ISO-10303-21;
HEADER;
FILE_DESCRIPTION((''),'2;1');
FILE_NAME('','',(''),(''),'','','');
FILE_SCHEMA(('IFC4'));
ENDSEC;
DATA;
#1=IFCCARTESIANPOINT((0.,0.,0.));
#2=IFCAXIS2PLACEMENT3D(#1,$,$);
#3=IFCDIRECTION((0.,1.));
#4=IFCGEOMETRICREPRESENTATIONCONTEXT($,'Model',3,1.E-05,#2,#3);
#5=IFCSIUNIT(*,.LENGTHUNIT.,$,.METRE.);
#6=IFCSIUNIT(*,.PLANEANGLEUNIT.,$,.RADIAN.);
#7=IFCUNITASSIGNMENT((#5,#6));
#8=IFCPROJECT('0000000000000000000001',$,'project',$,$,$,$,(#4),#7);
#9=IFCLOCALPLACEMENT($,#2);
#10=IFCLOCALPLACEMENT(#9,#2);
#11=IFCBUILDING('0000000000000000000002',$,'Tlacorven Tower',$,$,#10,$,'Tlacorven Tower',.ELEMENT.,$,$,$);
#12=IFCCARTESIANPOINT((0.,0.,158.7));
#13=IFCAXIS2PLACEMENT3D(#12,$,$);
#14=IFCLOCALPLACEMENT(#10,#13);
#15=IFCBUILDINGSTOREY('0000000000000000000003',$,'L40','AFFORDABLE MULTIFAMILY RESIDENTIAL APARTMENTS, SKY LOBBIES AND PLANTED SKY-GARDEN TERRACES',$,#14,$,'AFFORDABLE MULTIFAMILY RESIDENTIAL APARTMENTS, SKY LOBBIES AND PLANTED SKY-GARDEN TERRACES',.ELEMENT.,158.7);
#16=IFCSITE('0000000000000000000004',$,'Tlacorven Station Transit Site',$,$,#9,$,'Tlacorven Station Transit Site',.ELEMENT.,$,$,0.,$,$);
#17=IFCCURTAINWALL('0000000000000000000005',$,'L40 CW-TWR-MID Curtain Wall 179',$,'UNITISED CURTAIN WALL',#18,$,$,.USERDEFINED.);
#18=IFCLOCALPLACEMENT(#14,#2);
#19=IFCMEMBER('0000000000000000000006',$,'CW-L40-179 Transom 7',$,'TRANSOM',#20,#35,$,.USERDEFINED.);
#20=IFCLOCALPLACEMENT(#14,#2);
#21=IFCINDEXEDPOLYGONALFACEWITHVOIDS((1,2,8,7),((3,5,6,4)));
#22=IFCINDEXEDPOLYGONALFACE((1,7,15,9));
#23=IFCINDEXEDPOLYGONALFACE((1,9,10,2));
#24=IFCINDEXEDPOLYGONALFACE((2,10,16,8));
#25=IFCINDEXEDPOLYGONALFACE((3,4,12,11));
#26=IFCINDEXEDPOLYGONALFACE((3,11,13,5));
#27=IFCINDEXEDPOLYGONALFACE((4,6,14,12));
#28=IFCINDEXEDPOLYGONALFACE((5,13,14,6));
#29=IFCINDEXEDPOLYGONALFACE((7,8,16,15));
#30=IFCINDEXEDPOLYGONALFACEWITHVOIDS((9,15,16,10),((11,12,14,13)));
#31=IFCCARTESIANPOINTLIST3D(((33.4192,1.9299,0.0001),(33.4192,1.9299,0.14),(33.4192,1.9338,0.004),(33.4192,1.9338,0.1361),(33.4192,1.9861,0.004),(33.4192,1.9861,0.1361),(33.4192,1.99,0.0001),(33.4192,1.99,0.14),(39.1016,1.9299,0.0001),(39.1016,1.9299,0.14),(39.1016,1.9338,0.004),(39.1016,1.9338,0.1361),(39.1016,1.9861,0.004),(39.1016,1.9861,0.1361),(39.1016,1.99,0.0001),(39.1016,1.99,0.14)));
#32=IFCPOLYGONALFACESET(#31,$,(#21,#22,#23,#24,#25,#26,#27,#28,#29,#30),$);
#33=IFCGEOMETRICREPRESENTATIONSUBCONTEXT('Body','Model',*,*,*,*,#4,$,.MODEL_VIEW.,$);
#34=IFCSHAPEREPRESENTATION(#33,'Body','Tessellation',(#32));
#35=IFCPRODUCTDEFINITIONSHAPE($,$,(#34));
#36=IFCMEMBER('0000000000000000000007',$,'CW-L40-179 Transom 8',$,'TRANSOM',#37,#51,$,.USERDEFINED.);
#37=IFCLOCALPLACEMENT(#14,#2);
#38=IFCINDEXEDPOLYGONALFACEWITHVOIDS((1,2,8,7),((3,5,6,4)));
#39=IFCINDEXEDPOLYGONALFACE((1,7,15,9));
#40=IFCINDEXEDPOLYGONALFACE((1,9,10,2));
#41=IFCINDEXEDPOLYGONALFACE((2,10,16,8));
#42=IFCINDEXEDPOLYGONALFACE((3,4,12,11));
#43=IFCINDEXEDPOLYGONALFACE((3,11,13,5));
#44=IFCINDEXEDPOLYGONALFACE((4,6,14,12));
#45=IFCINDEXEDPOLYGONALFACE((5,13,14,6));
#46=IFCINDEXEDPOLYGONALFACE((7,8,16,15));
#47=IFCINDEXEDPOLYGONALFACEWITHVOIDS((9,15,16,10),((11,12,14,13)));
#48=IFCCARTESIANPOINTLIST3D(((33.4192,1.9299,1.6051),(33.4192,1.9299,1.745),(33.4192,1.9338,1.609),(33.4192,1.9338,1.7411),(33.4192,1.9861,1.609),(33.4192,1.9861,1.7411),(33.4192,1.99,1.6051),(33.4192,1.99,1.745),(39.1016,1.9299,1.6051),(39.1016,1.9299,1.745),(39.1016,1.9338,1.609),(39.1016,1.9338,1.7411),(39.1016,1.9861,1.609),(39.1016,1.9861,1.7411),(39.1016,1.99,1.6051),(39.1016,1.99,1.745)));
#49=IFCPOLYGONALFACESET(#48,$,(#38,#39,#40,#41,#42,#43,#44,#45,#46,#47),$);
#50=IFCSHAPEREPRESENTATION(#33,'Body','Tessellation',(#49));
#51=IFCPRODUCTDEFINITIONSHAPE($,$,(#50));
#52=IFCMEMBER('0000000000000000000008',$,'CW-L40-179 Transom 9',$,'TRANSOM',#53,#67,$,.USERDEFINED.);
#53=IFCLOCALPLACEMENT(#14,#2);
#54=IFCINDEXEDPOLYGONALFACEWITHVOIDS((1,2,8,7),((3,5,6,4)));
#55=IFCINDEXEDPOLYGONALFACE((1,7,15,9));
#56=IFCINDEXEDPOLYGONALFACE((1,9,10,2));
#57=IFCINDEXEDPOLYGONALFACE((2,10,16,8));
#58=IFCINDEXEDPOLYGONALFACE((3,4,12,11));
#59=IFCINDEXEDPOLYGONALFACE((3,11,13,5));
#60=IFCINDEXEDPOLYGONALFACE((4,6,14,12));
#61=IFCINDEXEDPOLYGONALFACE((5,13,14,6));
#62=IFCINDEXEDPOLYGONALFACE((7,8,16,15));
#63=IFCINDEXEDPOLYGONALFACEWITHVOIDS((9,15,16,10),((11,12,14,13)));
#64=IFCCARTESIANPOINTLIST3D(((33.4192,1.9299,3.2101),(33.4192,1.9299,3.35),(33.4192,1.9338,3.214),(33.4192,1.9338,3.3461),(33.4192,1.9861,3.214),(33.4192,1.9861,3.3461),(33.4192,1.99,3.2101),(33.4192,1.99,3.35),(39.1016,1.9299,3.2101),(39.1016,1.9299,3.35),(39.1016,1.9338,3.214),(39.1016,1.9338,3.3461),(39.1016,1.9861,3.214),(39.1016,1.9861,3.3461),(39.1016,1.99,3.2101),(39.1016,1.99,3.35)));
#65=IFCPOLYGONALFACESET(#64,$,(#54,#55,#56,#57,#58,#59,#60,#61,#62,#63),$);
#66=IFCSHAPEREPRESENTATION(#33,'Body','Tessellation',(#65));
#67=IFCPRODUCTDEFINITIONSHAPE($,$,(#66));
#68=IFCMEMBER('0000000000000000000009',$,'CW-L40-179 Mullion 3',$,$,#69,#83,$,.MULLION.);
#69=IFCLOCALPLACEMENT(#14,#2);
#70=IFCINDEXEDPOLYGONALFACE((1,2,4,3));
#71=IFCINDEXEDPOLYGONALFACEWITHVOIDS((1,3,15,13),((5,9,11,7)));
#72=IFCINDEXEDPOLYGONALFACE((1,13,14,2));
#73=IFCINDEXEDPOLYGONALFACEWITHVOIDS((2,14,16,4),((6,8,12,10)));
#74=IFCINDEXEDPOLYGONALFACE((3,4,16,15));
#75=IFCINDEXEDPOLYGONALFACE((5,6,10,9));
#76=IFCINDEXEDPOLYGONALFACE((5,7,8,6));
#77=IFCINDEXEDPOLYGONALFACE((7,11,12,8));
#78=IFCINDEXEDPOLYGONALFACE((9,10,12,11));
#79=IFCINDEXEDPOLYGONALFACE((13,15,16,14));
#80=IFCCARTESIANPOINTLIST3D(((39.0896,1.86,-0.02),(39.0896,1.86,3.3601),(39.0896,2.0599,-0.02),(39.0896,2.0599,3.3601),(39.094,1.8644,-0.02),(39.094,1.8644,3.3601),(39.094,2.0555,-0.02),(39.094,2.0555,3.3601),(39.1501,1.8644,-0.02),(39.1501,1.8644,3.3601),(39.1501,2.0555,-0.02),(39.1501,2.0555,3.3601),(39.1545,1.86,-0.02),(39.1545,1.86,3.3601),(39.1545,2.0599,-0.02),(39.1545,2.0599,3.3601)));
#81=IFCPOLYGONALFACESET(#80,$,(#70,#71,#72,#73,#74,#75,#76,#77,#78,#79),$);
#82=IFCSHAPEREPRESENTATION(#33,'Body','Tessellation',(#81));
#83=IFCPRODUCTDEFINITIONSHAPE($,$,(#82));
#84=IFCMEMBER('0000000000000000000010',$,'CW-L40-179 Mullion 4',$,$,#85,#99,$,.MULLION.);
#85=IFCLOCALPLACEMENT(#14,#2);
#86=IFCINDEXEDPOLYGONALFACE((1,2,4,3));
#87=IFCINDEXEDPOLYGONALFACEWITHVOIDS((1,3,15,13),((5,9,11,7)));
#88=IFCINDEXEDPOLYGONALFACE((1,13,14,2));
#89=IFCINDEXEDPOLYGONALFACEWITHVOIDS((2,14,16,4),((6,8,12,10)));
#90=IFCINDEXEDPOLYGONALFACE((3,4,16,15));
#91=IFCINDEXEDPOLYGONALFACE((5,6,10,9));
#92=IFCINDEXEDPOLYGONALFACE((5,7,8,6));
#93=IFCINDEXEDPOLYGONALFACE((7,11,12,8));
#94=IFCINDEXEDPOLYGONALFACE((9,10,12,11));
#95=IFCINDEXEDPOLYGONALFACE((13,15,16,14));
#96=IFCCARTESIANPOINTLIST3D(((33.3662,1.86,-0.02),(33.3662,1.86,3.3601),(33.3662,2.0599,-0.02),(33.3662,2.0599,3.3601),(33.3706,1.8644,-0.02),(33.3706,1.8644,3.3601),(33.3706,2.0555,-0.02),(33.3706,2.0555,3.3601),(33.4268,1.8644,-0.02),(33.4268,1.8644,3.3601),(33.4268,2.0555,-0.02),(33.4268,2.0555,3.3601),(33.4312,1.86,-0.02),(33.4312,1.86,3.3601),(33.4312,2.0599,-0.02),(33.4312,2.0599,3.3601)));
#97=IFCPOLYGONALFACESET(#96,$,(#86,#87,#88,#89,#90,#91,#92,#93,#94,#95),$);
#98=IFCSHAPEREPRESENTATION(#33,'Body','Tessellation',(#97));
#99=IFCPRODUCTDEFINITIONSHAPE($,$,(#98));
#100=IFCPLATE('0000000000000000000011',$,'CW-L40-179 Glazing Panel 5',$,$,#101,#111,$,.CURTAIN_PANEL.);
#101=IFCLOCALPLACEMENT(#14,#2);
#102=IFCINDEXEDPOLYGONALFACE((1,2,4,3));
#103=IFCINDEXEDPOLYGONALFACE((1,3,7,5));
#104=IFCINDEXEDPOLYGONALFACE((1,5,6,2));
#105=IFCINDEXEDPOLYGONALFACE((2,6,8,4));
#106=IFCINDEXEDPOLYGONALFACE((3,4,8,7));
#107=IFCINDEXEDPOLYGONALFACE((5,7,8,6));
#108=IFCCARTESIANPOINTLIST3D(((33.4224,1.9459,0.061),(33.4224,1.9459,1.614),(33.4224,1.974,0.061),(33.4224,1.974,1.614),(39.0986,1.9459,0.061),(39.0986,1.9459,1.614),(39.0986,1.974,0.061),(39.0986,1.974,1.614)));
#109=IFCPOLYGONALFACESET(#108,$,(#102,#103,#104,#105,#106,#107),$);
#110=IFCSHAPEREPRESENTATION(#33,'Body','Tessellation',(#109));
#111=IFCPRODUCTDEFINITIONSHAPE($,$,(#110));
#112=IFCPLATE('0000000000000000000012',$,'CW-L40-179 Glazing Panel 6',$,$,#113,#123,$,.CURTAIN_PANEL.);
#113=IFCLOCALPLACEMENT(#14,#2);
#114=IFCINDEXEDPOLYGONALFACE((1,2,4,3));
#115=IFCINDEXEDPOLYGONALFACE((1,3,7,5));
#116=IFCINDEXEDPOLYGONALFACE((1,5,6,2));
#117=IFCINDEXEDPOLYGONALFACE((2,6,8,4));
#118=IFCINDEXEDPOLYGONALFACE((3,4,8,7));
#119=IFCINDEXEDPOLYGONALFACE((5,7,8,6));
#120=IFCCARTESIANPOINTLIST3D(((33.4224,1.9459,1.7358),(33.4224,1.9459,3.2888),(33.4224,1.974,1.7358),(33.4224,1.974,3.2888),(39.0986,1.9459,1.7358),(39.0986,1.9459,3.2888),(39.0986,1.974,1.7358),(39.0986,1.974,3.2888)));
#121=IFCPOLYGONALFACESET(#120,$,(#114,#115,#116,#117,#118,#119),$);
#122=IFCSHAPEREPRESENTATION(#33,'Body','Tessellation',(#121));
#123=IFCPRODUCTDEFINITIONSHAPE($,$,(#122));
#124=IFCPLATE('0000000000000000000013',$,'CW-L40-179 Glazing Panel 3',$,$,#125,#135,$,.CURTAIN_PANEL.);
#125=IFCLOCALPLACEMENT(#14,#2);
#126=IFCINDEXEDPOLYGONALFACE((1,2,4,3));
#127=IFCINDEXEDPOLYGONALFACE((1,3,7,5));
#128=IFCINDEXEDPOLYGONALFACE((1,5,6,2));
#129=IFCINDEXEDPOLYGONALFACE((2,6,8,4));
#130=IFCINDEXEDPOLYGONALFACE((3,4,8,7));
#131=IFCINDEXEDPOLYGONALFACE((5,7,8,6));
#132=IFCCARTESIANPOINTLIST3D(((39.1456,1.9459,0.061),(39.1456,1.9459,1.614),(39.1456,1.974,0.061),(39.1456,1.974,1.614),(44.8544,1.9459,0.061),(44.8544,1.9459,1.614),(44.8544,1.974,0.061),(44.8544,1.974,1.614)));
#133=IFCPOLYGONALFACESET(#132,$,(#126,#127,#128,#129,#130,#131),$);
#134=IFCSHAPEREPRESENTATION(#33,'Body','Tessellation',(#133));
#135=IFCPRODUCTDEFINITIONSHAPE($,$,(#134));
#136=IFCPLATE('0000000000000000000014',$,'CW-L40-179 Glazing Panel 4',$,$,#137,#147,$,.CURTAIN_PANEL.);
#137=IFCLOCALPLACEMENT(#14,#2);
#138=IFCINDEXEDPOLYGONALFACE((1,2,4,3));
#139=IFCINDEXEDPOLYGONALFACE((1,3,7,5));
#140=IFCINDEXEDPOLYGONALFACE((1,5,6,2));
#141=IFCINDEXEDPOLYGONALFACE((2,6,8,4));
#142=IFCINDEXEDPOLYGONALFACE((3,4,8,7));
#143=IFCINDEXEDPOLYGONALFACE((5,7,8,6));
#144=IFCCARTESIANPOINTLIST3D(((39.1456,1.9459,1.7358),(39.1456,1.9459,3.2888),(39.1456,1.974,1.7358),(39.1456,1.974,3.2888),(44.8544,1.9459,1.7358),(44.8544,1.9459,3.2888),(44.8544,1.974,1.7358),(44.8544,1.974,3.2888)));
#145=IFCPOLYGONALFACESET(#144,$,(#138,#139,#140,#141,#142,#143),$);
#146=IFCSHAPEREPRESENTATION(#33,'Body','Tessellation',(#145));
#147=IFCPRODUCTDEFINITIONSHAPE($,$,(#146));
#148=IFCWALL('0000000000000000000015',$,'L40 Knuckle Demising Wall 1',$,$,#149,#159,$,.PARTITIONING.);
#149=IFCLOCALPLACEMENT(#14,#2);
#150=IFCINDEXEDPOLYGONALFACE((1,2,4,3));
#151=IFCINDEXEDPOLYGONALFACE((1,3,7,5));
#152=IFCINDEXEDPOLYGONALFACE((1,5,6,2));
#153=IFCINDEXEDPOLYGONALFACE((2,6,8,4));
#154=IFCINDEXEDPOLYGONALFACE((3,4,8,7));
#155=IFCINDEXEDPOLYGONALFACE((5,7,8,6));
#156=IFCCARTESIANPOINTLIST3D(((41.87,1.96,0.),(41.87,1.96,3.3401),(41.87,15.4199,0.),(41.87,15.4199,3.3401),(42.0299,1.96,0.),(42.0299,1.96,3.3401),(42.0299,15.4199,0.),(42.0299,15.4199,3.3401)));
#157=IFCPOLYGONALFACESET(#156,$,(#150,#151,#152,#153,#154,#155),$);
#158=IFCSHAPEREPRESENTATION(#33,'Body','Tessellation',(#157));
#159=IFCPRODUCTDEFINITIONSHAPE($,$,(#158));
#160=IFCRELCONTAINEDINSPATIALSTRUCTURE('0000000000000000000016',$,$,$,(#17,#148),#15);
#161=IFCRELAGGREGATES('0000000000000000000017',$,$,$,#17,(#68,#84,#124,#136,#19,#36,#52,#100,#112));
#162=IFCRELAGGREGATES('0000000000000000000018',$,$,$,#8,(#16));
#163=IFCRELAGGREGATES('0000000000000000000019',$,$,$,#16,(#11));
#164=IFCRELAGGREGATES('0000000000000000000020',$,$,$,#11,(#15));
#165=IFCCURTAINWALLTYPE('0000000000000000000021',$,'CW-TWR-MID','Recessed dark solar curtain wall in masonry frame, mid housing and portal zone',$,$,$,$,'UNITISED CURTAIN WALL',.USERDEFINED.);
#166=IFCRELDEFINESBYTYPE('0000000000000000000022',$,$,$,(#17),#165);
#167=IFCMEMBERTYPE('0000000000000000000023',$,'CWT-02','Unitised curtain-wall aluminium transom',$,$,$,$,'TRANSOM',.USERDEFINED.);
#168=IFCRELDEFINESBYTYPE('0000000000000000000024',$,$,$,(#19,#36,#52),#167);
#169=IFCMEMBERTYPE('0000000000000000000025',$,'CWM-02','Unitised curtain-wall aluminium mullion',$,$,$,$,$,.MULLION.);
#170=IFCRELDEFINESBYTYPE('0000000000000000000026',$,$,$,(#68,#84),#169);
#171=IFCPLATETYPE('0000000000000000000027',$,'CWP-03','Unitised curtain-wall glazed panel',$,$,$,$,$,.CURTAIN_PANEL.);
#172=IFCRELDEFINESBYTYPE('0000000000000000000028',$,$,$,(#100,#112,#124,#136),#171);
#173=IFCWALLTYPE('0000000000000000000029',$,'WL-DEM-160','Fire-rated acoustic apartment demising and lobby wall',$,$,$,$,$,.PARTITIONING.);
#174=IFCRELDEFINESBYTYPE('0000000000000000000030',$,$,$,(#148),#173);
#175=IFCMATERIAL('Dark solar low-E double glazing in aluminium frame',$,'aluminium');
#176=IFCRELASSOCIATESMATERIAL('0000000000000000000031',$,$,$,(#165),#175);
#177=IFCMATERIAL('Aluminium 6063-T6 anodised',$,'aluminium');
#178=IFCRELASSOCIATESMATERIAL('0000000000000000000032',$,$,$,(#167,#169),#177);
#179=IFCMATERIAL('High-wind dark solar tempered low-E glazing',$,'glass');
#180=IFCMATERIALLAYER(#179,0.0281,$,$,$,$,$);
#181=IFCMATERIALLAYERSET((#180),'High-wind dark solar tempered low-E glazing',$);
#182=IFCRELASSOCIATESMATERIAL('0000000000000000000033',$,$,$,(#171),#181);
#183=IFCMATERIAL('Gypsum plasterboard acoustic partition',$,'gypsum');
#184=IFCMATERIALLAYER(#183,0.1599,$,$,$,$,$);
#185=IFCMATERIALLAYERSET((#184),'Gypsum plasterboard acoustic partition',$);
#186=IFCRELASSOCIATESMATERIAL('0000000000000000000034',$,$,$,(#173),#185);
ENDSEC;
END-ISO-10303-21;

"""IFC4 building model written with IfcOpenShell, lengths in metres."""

from ifc_helpers import new_model, si_unit, direction, frame, frame_2d, origin, origin_2d, place, context, subcontext, project, spatial, rectangle, hollow_rectangle, extrude, source, transform, mapped, material, layer, layer_set, material_profile, profile_set, type_object, element, aggregate, save


model = new_model("IFC4")

# Units and contexts
model_context = context("Model", 3, precision=1e-05, world=origin(), true_north=direction((0.0, 1.0)))
body_context = subcontext(model_context, "Body", "Model", "MODEL_VIEW")
ifc_project = project(units=[si_unit("LENGTHUNIT", "METRE"), si_unit("PLANEANGLEUNIT", "RADIAN")], contexts=[model_context])

# Site, building, storey
site_placement = place(None, origin())
site = spatial("IfcSite", under=ifc_project, at=site_placement, Name="Tlacorven Station Transit Site", LongName="Tlacorven Station Transit Site", CompositionType="ELEMENT", RefElevation=0.0)
building_placement = place(site_placement, origin())
building = spatial("IfcBuilding", under=site, at=building_placement, Name="Tlacorven Tower", LongName="Tlacorven Tower", CompositionType="ELEMENT")
storey_placement = place(building_placement, frame((0.0, 0.0, 158.7)))
storey = spatial("IfcBuildingStorey", under=building, at=storey_placement, Name="L40", Description="AFFORDABLE MULTIFAMILY RESIDENTIAL APARTMENTS, SKY LOBBIES AND PLANTED SKY-GARDEN TERRACES", LongName="AFFORDABLE MULTIFAMILY RESIDENTIAL APARTMENTS, SKY LOBBIES AND PLANTED SKY-GARDEN TERRACES", CompositionType="ELEMENT", Elevation=158.7)

# Curtain wall, members, plates
ifc_material_1 = material(Name="Dark solar low-E double glazing in aluminium frame", Category="aluminium")
curtain_wall_type = type_object("IfcCurtainWallType", Name="CW-TWR-MID", Description="Recessed dark solar curtain wall in masonry frame, mid housing and portal zone", ElementType="UNITISED CURTAIN WALL", PredefinedType="USERDEFINED", material=ifc_material_1)
curtain_wall_placement = place(storey_placement, origin())
curtain_wall = element("IfcCurtainWall", 1, at=curtain_wall_placement, inside=storey, type_object=curtain_wall_type, Name="L40 CW-TWR-MID Curtain Wall 179", ObjectType="UNITISED CURTAIN WALL", PredefinedType="USERDEFINED")
ifc_material_2 = material(Name="Aluminium 6063-T6 anodised", Category="aluminium")
ifc_material_profile_1 = material_profile(ifc_material_2, hollow_rectangle(XDim=0.0601, YDim=0.1399, WallThickness=0.0039, at=origin_2d()), Name="ALU TRANSOM 60X140")
ifc_profile_set_1 = profile_set([ifc_material_profile_1], Name="Aluminium 6063-T6 anodised")
member_type_1 = type_object("IfcMemberType", Name="CWT-02", Description="Unitised curtain-wall aluminium transom", ElementType="TRANSOM", PredefinedType="USERDEFINED", material=ifc_profile_set_1)
shared_shape_1 = source(origin(), body_context, "Body", "SweptSolid", [
    extrude(hollow_rectangle(XDim=0.0601, YDim=0.1399, WallThickness=0.0039, at=origin_2d()), origin(), (0.0, 0.0, 1.0), 5.6824),
])
member_1_placement = place(storey_placement, frame((39.1016, 1.96, 0.0701), z_axis=(-1.0, 0.0, 0.0), x_axis=(0.0, -1.0, 0.0)))
member_1 = element("IfcMember", 2, at=member_1_placement, type_object=member_type_1, Name="CW-L40-179 Transom 7", ObjectType="TRANSOM", PredefinedType="USERDEFINED", context=body_context, shape_type="MappedRepresentation", body=[
    mapped(shared_shape_1, transform((0.0, 0.0, 0.0), scale=1.0)),
])
member_2_placement = place(storey_placement, frame((39.1016, 1.96, 1.675), z_axis=(-1.0, 0.0, 0.0), x_axis=(0.0, -1.0, 0.0)))
member_2 = element("IfcMember", 3, at=member_2_placement, type_object=member_type_1, Name="CW-L40-179 Transom 8", ObjectType="TRANSOM", PredefinedType="USERDEFINED", context=body_context, shape_type="MappedRepresentation", body=[
    mapped(shared_shape_1, transform((0.0, 0.0, 0.0), scale=1.0)),
])
member_3_placement = place(storey_placement, frame((39.1016, 1.96, 3.28), z_axis=(-1.0, 0.0, 0.0), x_axis=(0.0, -1.0, 0.0)))
member_3 = element("IfcMember", 4, at=member_3_placement, type_object=member_type_1, Name="CW-L40-179 Transom 9", ObjectType="TRANSOM", PredefinedType="USERDEFINED", context=body_context, shape_type="MappedRepresentation", body=[
    mapped(shared_shape_1, transform((0.0, 0.0, 0.0), scale=1.0)),
])
ifc_material_profile_2 = material_profile(ifc_material_2, hollow_rectangle(XDim=0.0649, YDim=0.2, WallThickness=0.0044, at=origin_2d()), Name="ALU MULLION 65X200")
ifc_profile_set_2 = profile_set([ifc_material_profile_2], Name="Aluminium 6063-T6 anodised")
member_type_2 = type_object("IfcMemberType", Name="CWM-02", Description="Unitised curtain-wall aluminium mullion", PredefinedType="MULLION", material=ifc_profile_set_2)
shared_shape_2 = source(origin(), body_context, "Body", "SweptSolid", [
    extrude(hollow_rectangle(XDim=0.0649, YDim=0.2, WallThickness=0.0044, at=origin_2d()), origin(), (0.0, 0.0, 1.0), 3.3801),
])
member_4_placement = place(storey_placement, frame((39.1221, 1.96, -0.02), z_axis=(0.0, 0.0, 1.0), x_axis=(-1.0, 0.0, 0.0)))
member_4 = element("IfcMember", 5, at=member_4_placement, type_object=member_type_2, Name="CW-L40-179 Mullion 3", PredefinedType="MULLION", context=body_context, shape_type="MappedRepresentation", body=[
    mapped(shared_shape_2, transform((0.0, 0.0, 0.0), scale=1.0)),
])
member_5_placement = place(storey_placement, frame((33.3987, 1.96, -0.02), z_axis=(0.0, 0.0, 1.0), x_axis=(-1.0, 0.0, 0.0)))
member_5 = element("IfcMember", 6, at=member_5_placement, type_object=member_type_2, Name="CW-L40-179 Mullion 4", PredefinedType="MULLION", context=body_context, shape_type="MappedRepresentation", body=[
    mapped(shared_shape_2, transform((0.0, 0.0, 0.0), scale=1.0)),
])
ifc_material_3 = material(Name="High-wind dark solar tempered low-E glazing", Category="glass")
ifc_layer_1 = layer(ifc_material_3, 0.0281)
ifc_layer_set_1 = layer_set([ifc_layer_1], Name="High-wind dark solar tempered low-E glazing")
plate_type = type_object("IfcPlateType", Name="CWP-03", Description="Unitised curtain-wall glazed panel", PredefinedType="CURTAIN_PANEL", material=ifc_layer_set_1)
shared_shape_3 = source(origin(), body_context, "Body", "SweptSolid", [
    extrude(rectangle(XDim=5.6763, YDim=0.0281, at=origin_2d()), origin(), (0.0, 0.0, 1.0), 1.553),
])
plate_1_placement = place(storey_placement, frame((36.2605, 1.96, 0.061), z_axis=(0.0, 0.0, 1.0), x_axis=(-1.0, 0.0, 0.0)))
plate_1 = element("IfcPlate", 7, at=plate_1_placement, type_object=plate_type, Name="CW-L40-179 Glazing Panel 5", PredefinedType="CURTAIN_PANEL", context=body_context, shape_type="MappedRepresentation", body=[
    mapped(shared_shape_3, transform((0.0, 0.0, 0.0), scale=1.0)),
])
plate_2_placement = place(storey_placement, frame((36.2605, 1.96, 1.7358), z_axis=(0.0, 0.0, 1.0), x_axis=(-1.0, 0.0, 0.0)))
plate_2 = element("IfcPlate", 8, at=plate_2_placement, type_object=plate_type, Name="CW-L40-179 Glazing Panel 6", PredefinedType="CURTAIN_PANEL", context=body_context, shape_type="MappedRepresentation", body=[
    mapped(shared_shape_3, transform((0.0, 0.0, 0.0), scale=1.0)),
])
shared_shape_4 = source(origin(), body_context, "Body", "SweptSolid", [
    extrude(rectangle(XDim=5.7087, YDim=0.0281, at=origin_2d()), origin(), (0.0, 0.0, 1.0), 1.553),
])
plate_3_placement = place(storey_placement, frame((42.0, 1.96, 0.061), z_axis=(0.0, 0.0, 1.0), x_axis=(-1.0, 0.0, 0.0)))
plate_3 = element("IfcPlate", 9, at=plate_3_placement, type_object=plate_type, Name="CW-L40-179 Glazing Panel 3", PredefinedType="CURTAIN_PANEL", context=body_context, shape_type="MappedRepresentation", body=[
    mapped(shared_shape_4, transform((0.0, 0.0, 0.0), scale=1.0)),
])
plate_4_placement = place(storey_placement, frame((42.0, 1.96, 1.7358), z_axis=(0.0, 0.0, 1.0), x_axis=(-1.0, 0.0, 0.0)))
plate_4 = element("IfcPlate", 10, at=plate_4_placement, type_object=plate_type, Name="CW-L40-179 Glazing Panel 4", PredefinedType="CURTAIN_PANEL", context=body_context, shape_type="MappedRepresentation", body=[
    mapped(shared_shape_4, transform((0.0, 0.0, 0.0), scale=1.0)),
])
aggregate(curtain_wall, [member_4, member_5, plate_3, plate_4, member_1, member_2, member_3, plate_1, plate_2])

# Wall
ifc_material_4 = material(Name="Gypsum plasterboard acoustic partition", Category="gypsum")
ifc_layer_2 = layer(ifc_material_4, 0.1599)
ifc_layer_set_2 = layer_set([ifc_layer_2], Name="Gypsum plasterboard acoustic partition")
wall_type_1 = type_object("IfcWallType", Name="WL-DEM-160", Description="Fire-rated acoustic apartment demising and lobby wall", PredefinedType="PARTITIONING", material=ifc_layer_set_2)
wall_1_placement = place(storey_placement, frame((41.95, 1.96, 0.0), z_axis=(0.0, 0.0, 1.0), x_axis=(0.0, 1.0, 0.0)))
element("IfcWall", 11, at=wall_1_placement, inside=storey, type_object=wall_type_1, Name="L40 Knuckle Demising Wall 1", PredefinedType="PARTITIONING", context=body_context, shape_type="SweptSolid", body=[
    extrude(rectangle(XDim=13.46, YDim=0.1599, at=frame_2d((6.73, 0.0))), origin(), (0.0, 0.0, 1.0), 3.3401),
])

save(model, "model.ifc")
